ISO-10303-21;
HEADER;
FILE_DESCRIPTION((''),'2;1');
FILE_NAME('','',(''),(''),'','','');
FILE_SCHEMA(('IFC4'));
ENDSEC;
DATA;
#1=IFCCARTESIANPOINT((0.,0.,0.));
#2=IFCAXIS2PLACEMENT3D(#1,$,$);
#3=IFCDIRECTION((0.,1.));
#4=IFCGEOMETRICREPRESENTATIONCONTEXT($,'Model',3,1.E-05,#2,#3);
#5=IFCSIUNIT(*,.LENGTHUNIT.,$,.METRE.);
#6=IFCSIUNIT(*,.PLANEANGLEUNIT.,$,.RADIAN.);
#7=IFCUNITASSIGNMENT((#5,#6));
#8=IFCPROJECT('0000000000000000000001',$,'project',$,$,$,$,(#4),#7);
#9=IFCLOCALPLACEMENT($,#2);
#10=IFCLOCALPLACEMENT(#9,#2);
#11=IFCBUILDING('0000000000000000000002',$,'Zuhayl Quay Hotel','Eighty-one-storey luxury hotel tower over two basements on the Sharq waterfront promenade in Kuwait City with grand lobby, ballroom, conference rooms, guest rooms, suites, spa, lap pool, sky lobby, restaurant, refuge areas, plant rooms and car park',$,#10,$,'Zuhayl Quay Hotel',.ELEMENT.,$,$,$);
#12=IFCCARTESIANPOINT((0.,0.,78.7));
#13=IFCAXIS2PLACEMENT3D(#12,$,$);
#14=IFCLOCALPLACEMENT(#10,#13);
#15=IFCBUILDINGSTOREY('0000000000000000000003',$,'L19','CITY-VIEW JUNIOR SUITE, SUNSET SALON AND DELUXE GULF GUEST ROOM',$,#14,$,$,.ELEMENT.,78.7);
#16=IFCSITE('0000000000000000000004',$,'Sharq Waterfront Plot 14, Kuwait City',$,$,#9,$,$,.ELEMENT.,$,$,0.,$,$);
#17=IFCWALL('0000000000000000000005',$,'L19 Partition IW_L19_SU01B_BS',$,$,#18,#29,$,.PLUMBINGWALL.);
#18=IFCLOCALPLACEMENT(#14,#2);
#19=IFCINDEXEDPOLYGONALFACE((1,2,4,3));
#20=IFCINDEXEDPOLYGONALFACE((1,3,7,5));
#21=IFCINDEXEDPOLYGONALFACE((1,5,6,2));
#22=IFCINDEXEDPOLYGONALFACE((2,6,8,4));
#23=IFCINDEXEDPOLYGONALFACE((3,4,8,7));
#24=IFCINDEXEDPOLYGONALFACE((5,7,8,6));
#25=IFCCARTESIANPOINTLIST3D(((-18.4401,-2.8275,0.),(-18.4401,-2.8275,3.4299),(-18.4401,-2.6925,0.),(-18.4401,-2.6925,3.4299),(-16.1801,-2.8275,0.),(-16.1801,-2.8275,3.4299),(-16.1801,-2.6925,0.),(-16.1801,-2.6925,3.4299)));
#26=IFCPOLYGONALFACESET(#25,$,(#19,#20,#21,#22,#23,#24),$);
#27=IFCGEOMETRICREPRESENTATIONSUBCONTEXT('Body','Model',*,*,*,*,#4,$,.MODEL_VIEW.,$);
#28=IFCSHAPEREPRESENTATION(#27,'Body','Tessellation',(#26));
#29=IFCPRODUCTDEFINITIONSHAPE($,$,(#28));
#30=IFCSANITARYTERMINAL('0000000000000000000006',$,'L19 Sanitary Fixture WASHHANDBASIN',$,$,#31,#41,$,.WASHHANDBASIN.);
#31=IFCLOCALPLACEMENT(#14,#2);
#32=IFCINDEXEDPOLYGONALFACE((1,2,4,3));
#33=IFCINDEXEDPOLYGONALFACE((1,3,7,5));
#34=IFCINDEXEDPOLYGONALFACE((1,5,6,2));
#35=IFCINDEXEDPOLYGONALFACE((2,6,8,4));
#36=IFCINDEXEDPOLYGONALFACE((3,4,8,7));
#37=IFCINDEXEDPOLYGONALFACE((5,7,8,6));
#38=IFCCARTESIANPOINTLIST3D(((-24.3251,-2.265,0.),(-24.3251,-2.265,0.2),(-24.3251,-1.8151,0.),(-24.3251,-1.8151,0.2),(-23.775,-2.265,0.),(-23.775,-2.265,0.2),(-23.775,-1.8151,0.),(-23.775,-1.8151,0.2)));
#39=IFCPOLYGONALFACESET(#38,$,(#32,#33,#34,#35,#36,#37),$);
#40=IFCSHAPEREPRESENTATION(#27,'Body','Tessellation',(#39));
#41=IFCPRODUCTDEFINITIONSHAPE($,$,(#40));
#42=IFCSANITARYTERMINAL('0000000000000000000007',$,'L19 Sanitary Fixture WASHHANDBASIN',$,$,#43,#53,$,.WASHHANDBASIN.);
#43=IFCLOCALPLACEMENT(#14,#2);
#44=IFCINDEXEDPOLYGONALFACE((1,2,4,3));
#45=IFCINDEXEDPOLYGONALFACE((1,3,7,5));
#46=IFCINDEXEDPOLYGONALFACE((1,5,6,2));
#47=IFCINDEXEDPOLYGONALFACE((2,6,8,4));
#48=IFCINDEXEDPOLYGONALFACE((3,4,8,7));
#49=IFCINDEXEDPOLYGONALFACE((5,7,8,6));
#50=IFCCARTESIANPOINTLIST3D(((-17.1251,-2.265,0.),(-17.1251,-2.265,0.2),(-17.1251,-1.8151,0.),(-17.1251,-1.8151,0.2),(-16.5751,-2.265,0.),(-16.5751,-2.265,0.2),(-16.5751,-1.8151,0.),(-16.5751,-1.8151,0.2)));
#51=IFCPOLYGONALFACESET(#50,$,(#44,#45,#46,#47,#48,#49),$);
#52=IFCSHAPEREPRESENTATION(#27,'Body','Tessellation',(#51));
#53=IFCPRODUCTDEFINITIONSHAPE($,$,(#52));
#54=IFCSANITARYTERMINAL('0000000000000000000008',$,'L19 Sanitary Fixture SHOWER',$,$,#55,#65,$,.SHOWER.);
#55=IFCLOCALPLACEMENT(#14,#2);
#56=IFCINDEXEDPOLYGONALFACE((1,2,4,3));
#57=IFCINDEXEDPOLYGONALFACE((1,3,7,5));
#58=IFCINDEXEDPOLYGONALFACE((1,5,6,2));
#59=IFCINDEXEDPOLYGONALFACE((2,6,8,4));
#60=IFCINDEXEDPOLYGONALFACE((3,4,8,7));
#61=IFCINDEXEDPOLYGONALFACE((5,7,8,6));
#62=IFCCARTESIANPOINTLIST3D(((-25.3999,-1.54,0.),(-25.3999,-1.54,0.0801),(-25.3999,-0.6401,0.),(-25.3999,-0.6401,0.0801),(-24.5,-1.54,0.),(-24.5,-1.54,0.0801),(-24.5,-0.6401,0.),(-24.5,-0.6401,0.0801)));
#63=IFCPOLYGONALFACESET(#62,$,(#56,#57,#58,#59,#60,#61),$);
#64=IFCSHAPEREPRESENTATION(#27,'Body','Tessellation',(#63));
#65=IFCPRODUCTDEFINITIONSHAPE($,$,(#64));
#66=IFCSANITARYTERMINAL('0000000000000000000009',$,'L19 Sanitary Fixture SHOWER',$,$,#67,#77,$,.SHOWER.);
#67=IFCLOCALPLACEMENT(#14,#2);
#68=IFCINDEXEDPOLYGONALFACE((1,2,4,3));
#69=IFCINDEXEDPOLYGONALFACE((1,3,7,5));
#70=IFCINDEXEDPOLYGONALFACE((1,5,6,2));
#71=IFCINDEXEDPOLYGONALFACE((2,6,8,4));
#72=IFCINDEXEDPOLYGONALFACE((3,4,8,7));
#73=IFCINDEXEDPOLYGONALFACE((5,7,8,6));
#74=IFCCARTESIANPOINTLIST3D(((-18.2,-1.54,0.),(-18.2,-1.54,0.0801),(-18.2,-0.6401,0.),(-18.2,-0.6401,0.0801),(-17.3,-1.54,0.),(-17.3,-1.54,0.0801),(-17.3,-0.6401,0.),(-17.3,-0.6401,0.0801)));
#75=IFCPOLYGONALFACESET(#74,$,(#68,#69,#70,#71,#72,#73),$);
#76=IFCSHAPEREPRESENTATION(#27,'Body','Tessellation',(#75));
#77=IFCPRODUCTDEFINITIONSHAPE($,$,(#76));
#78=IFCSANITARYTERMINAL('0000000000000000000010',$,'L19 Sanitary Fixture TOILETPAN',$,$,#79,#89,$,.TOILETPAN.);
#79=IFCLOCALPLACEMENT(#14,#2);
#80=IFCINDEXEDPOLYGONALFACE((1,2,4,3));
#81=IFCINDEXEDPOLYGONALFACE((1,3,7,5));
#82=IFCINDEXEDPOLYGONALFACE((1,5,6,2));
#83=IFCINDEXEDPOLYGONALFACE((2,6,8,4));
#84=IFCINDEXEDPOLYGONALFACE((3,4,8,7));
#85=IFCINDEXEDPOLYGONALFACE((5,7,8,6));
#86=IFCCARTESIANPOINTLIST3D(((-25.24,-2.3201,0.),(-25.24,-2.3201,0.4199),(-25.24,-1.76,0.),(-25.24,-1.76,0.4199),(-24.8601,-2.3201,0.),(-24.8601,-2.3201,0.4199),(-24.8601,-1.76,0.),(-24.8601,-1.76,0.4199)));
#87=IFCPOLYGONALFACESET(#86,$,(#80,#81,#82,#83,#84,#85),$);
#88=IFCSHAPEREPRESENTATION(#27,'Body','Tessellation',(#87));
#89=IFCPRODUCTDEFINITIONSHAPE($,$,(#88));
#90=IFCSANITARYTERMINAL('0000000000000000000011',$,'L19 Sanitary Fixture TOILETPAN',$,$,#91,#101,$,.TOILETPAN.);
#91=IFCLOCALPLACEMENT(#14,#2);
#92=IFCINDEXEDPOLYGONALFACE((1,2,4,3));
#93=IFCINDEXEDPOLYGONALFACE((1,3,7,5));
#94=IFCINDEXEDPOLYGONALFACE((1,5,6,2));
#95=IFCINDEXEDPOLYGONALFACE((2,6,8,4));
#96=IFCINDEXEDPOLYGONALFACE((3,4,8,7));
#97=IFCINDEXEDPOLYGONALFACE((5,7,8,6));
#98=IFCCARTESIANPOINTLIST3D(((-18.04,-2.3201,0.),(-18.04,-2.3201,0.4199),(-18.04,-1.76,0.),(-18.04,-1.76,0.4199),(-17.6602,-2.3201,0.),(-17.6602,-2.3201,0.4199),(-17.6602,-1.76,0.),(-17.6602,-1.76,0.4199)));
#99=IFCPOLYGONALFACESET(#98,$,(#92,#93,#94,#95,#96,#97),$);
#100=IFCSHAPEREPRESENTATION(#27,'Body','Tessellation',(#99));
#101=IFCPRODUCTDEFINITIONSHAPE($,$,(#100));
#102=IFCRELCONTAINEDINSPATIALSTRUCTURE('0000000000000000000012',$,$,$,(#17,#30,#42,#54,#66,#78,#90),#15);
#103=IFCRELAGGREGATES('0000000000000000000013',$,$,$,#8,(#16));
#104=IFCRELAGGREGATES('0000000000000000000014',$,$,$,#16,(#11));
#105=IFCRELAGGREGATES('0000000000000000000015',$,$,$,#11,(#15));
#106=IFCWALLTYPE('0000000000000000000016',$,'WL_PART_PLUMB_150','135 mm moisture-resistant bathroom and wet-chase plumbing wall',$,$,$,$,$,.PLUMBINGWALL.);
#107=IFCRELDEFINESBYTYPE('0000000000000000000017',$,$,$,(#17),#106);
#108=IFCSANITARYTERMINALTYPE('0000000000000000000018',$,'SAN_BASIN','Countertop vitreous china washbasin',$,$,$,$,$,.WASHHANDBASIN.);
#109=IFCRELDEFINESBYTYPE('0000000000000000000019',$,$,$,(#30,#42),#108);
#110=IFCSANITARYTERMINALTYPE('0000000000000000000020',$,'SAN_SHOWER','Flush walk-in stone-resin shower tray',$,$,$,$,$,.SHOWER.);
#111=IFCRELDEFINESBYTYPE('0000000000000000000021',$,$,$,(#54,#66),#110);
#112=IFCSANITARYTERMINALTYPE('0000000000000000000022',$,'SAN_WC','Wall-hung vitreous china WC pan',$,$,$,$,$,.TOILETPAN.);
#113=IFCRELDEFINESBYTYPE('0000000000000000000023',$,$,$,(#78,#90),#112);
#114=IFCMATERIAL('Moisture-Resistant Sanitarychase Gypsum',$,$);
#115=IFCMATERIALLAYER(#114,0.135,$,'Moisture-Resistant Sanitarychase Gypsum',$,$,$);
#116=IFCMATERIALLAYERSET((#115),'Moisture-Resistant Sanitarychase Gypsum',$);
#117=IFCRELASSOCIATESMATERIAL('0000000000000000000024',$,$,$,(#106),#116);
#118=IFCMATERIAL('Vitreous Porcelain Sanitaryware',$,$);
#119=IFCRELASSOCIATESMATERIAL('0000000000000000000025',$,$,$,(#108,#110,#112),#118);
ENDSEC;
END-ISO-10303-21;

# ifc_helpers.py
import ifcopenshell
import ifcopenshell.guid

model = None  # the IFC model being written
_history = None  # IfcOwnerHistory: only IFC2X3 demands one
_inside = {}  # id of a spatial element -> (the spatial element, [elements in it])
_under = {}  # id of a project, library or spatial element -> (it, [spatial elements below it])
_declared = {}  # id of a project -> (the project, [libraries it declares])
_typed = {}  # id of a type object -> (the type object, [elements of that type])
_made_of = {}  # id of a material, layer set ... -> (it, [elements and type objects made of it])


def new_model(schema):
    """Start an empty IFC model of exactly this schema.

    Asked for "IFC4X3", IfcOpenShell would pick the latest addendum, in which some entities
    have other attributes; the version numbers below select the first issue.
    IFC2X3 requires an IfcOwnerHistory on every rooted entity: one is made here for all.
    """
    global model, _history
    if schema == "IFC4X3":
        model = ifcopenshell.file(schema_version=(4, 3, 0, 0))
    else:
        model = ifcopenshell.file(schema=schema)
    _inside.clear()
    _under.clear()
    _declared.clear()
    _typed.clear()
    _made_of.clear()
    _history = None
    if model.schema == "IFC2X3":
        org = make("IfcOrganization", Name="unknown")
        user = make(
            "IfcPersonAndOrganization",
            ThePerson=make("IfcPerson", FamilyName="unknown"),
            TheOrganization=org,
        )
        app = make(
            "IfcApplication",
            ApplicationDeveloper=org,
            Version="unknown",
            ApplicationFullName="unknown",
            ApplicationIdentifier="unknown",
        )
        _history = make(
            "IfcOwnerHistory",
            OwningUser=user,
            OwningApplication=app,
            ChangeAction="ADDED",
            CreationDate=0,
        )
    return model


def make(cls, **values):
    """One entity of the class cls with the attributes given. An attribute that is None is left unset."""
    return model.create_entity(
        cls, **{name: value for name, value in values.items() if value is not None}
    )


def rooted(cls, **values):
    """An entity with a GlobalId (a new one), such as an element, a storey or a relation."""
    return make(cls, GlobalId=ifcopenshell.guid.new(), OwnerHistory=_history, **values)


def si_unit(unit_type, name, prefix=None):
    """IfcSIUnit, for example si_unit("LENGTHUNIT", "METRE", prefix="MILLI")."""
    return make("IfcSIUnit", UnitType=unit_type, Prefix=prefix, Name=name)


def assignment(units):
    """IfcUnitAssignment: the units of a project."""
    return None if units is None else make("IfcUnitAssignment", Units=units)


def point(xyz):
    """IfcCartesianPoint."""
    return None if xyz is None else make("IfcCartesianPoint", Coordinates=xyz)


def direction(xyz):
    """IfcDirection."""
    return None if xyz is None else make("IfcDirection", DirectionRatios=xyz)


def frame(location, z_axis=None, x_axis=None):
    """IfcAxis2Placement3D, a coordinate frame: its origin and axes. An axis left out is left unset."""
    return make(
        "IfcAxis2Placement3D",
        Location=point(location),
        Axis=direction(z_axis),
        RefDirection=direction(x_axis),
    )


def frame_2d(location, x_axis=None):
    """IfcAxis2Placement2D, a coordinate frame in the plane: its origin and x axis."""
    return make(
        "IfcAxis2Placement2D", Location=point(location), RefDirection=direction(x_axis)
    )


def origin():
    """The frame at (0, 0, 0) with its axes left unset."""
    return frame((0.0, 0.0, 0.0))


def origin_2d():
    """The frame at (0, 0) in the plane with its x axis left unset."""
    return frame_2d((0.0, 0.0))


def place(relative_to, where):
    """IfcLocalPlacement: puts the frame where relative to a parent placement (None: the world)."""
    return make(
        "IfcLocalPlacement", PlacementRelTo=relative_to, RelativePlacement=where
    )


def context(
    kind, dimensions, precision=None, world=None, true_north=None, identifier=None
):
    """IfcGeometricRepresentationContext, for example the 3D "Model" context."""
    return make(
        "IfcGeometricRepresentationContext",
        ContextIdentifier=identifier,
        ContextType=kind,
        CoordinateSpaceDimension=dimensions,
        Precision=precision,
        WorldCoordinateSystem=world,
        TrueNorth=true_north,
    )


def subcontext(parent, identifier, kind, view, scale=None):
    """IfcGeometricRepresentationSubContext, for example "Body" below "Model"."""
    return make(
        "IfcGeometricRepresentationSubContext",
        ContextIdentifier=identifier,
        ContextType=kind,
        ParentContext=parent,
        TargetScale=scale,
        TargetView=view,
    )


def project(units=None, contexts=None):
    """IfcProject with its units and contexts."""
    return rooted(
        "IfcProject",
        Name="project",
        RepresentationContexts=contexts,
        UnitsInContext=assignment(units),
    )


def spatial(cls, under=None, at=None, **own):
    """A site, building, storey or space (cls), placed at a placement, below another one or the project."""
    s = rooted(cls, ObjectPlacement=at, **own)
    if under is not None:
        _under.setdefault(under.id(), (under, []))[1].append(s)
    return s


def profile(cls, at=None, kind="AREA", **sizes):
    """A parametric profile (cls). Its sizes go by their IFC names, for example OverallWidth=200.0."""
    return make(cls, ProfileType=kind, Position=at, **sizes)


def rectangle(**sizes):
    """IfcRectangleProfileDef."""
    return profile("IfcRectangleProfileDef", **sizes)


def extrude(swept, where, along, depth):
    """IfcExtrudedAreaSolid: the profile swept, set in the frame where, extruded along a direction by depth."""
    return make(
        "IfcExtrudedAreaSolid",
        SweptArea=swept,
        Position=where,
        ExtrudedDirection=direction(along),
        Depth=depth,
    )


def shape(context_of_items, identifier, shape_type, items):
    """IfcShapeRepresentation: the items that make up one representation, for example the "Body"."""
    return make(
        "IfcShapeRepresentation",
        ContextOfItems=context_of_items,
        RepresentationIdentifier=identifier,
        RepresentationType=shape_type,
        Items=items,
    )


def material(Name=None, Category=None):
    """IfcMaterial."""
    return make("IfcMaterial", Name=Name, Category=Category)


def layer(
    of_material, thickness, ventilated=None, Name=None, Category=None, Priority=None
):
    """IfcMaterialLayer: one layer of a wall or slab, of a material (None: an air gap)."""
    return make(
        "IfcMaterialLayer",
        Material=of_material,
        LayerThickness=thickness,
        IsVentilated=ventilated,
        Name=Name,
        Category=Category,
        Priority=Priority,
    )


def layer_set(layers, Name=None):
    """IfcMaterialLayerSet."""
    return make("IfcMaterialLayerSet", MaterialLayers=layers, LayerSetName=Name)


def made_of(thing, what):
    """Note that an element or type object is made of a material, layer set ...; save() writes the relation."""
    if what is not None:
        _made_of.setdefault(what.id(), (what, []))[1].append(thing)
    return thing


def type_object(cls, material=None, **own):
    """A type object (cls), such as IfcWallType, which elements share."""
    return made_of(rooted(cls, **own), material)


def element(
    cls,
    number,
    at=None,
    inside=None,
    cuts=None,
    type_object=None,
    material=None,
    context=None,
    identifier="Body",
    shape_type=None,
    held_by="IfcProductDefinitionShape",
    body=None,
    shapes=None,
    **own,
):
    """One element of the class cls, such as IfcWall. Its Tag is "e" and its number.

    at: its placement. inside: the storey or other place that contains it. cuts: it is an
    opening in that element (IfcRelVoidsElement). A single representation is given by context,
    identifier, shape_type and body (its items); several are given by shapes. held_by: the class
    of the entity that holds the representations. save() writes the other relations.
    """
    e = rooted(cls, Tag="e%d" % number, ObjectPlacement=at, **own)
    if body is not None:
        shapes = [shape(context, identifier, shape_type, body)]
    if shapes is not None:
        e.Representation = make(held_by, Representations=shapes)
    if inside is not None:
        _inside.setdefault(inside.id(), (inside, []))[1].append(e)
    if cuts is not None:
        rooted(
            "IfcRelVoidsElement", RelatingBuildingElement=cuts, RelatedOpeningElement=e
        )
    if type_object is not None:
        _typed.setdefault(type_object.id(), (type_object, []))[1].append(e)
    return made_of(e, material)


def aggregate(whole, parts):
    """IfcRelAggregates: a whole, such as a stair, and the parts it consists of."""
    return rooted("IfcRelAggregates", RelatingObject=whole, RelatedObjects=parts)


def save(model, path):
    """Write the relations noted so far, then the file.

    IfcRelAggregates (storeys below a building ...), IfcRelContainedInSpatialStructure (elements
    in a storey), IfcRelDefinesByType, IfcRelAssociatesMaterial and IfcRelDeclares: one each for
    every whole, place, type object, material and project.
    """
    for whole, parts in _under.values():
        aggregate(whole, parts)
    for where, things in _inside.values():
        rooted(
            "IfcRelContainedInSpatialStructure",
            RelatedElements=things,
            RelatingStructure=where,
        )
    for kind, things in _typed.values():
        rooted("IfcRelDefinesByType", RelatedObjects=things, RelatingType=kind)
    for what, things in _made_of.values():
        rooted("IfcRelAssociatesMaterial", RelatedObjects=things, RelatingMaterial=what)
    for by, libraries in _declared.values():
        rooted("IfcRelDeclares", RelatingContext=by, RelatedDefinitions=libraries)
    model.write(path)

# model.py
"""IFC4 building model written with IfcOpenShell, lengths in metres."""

from ifc_helpers import new_model, si_unit, direction, frame, frame_2d, origin, origin_2d, place, context, subcontext, project, spatial, rectangle, extrude, material, layer, layer_set, type_object, element, save


model = new_model("IFC4")

# Units and contexts
model_context = context("Model", 3, precision=1e-05, world=origin(), true_north=direction((0.0, 1.0)))
body_context = subcontext(model_context, "Body", "Model", "MODEL_VIEW")
ifc_project = project(units=[si_unit("LENGTHUNIT", "METRE"), si_unit("PLANEANGLEUNIT", "RADIAN")], contexts=[model_context])

# Site, building, storey
site_placement = place(None, origin())
site = spatial("IfcSite", under=ifc_project, at=site_placement, Name="Sharq Waterfront Plot 14, Kuwait City", CompositionType="ELEMENT", RefElevation=0.0)
building_placement = place(site_placement, origin())
building = spatial("IfcBuilding", under=site, at=building_placement, Name="Zuhayl Quay Hotel", Description="Eighty-one-storey luxury hotel tower over two basements on the Sharq waterfront promenade in Kuwait City with grand lobby, ballroom, conference rooms, guest rooms, suites, spa, lap pool, sky lobby, restaurant, refuge areas, plant rooms and car park", LongName="Zuhayl Quay Hotel", CompositionType="ELEMENT")
storey_placement = place(building_placement, frame((0.0, 0.0, 78.7)))
storey = spatial("IfcBuildingStorey", under=building, at=storey_placement, Name="L19", Description="CITY-VIEW JUNIOR SUITE, SUNSET SALON AND DELUXE GULF GUEST ROOM", CompositionType="ELEMENT", Elevation=78.7)

# Shared definitions
ifc_material_1 = material(Name="Moisture-Resistant Sanitarychase Gypsum")
ifc_layer_1 = layer(ifc_material_1, 0.135, Name="Moisture-Resistant Sanitarychase Gypsum")
ifc_layer_set_1 = layer_set([ifc_layer_1], Name="Moisture-Resistant Sanitarychase Gypsum")
wall_type_1 = type_object("IfcWallType", Name="WL_PART_PLUMB_150", Description="135 mm moisture-resistant bathroom and wet-chase plumbing wall", PredefinedType="PLUMBINGWALL", material=ifc_layer_set_1)

# Wall
wall_1_placement = place(storey_placement, frame((-18.4399, -2.76, 0.0), z_axis=(0.0, 0.0, 1.0), x_axis=(1.0, 0.0, 0.0)))
element("IfcWall", 1, at=wall_1_placement, inside=storey, type_object=wall_type_1, Name="L19 Partition IW_L19_SU01B_BS", PredefinedType="PLUMBINGWALL", context=body_context, shape_type="SweptSolid", body=[
    extrude(rectangle(XDim=2.26, YDim=0.135, at=frame_2d((1.1299, 0.0))), origin(), (0.0, 0.0, 1.0), 3.4299),
])

# Sanitary terminals
ifc_material_2 = material(Name="Vitreous Porcelain Sanitaryware")
sanitary_terminal_type_1 = type_object("IfcSanitaryTerminalType", Name="SAN_BASIN", Description="Countertop vitreous china washbasin", PredefinedType="WASHHANDBASIN", material=ifc_material_2)
for number, where, z_axis, x_axis, name in (
    (2, (-24.05, -2.04, 0.0), (0.0, 0.0, 1.0), (1.0, 0.0, 0.0), "L19 Sanitary Fixture WASHHANDBASIN"),
    (3, (-16.8501, -2.04, 0.0), (0.0, 0.0, 1.0), (1.0, 0.0, 0.0), "L19 Sanitary Fixture WASHHANDBASIN"),
):
    element("IfcSanitaryTerminal", number, at=place(storey_placement, frame(where, z_axis=z_axis, x_axis=x_axis)), inside=storey, type_object=sanitary_terminal_type_1, Name=name, PredefinedType="WASHHANDBASIN", context=body_context, shape_type="SweptSolid", body=[
        extrude(rectangle(XDim=0.55, YDim=0.45, at=origin_2d()), origin(), (0.0, 0.0, 1.0), 0.2),
    ])
sanitary_terminal_type_2 = type_object("IfcSanitaryTerminalType", Name="SAN_SHOWER", Description="Flush walk-in stone-resin shower tray", PredefinedType="SHOWER", material=ifc_material_2)
for number, where, z_axis, x_axis, name in (
    (4, (-24.95, -1.0901, 0.0), (0.0, 0.0, 1.0), (1.0, 0.0, 0.0), "L19 Sanitary Fixture SHOWER"),
    (5, (-17.75, -1.0901, 0.0), (0.0, 0.0, 1.0), (1.0, 0.0, 0.0), "L19 Sanitary Fixture SHOWER"),
):
    element("IfcSanitaryTerminal", number, at=place(storey_placement, frame(where, z_axis=z_axis, x_axis=x_axis)), inside=storey, type_object=sanitary_terminal_type_2, Name=name, PredefinedType="SHOWER", context=body_context, shape_type="SweptSolid", body=[
        extrude(rectangle(XDim=0.8999, YDim=0.8999, at=origin_2d()), origin(), (0.0, 0.0, 1.0), 0.0801),
    ])
sanitary_terminal_type_3 = type_object("IfcSanitaryTerminalType", Name="SAN_WC", Description="Wall-hung vitreous china WC pan", PredefinedType="TOILETPAN", material=ifc_material_2)
for number, where, z_axis, x_axis, name in (
    (6, (-25.05, -2.04, 0.0), (0.0, 0.0, 1.0), (1.0, 0.0, 0.0), "L19 Sanitary Fixture TOILETPAN"),
    (7, (-17.8501, -2.04, 0.0), (0.0, 0.0, 1.0), (1.0, 0.0, 0.0), "L19 Sanitary Fixture TOILETPAN"),
):
    element("IfcSanitaryTerminal", number, at=place(storey_placement, frame(where, z_axis=z_axis, x_axis=x_axis)), inside=storey, type_object=sanitary_terminal_type_3, Name=name, PredefinedType="TOILETPAN", context=body_context, shape_type="SweptSolid", body=[
        extrude(rectangle(XDim=0.3799, YDim=0.5601, at=origin_2d()), origin(), (0.0, 0.0, 1.0), 0.4199),
    ])

save(model, "model.ifc")
